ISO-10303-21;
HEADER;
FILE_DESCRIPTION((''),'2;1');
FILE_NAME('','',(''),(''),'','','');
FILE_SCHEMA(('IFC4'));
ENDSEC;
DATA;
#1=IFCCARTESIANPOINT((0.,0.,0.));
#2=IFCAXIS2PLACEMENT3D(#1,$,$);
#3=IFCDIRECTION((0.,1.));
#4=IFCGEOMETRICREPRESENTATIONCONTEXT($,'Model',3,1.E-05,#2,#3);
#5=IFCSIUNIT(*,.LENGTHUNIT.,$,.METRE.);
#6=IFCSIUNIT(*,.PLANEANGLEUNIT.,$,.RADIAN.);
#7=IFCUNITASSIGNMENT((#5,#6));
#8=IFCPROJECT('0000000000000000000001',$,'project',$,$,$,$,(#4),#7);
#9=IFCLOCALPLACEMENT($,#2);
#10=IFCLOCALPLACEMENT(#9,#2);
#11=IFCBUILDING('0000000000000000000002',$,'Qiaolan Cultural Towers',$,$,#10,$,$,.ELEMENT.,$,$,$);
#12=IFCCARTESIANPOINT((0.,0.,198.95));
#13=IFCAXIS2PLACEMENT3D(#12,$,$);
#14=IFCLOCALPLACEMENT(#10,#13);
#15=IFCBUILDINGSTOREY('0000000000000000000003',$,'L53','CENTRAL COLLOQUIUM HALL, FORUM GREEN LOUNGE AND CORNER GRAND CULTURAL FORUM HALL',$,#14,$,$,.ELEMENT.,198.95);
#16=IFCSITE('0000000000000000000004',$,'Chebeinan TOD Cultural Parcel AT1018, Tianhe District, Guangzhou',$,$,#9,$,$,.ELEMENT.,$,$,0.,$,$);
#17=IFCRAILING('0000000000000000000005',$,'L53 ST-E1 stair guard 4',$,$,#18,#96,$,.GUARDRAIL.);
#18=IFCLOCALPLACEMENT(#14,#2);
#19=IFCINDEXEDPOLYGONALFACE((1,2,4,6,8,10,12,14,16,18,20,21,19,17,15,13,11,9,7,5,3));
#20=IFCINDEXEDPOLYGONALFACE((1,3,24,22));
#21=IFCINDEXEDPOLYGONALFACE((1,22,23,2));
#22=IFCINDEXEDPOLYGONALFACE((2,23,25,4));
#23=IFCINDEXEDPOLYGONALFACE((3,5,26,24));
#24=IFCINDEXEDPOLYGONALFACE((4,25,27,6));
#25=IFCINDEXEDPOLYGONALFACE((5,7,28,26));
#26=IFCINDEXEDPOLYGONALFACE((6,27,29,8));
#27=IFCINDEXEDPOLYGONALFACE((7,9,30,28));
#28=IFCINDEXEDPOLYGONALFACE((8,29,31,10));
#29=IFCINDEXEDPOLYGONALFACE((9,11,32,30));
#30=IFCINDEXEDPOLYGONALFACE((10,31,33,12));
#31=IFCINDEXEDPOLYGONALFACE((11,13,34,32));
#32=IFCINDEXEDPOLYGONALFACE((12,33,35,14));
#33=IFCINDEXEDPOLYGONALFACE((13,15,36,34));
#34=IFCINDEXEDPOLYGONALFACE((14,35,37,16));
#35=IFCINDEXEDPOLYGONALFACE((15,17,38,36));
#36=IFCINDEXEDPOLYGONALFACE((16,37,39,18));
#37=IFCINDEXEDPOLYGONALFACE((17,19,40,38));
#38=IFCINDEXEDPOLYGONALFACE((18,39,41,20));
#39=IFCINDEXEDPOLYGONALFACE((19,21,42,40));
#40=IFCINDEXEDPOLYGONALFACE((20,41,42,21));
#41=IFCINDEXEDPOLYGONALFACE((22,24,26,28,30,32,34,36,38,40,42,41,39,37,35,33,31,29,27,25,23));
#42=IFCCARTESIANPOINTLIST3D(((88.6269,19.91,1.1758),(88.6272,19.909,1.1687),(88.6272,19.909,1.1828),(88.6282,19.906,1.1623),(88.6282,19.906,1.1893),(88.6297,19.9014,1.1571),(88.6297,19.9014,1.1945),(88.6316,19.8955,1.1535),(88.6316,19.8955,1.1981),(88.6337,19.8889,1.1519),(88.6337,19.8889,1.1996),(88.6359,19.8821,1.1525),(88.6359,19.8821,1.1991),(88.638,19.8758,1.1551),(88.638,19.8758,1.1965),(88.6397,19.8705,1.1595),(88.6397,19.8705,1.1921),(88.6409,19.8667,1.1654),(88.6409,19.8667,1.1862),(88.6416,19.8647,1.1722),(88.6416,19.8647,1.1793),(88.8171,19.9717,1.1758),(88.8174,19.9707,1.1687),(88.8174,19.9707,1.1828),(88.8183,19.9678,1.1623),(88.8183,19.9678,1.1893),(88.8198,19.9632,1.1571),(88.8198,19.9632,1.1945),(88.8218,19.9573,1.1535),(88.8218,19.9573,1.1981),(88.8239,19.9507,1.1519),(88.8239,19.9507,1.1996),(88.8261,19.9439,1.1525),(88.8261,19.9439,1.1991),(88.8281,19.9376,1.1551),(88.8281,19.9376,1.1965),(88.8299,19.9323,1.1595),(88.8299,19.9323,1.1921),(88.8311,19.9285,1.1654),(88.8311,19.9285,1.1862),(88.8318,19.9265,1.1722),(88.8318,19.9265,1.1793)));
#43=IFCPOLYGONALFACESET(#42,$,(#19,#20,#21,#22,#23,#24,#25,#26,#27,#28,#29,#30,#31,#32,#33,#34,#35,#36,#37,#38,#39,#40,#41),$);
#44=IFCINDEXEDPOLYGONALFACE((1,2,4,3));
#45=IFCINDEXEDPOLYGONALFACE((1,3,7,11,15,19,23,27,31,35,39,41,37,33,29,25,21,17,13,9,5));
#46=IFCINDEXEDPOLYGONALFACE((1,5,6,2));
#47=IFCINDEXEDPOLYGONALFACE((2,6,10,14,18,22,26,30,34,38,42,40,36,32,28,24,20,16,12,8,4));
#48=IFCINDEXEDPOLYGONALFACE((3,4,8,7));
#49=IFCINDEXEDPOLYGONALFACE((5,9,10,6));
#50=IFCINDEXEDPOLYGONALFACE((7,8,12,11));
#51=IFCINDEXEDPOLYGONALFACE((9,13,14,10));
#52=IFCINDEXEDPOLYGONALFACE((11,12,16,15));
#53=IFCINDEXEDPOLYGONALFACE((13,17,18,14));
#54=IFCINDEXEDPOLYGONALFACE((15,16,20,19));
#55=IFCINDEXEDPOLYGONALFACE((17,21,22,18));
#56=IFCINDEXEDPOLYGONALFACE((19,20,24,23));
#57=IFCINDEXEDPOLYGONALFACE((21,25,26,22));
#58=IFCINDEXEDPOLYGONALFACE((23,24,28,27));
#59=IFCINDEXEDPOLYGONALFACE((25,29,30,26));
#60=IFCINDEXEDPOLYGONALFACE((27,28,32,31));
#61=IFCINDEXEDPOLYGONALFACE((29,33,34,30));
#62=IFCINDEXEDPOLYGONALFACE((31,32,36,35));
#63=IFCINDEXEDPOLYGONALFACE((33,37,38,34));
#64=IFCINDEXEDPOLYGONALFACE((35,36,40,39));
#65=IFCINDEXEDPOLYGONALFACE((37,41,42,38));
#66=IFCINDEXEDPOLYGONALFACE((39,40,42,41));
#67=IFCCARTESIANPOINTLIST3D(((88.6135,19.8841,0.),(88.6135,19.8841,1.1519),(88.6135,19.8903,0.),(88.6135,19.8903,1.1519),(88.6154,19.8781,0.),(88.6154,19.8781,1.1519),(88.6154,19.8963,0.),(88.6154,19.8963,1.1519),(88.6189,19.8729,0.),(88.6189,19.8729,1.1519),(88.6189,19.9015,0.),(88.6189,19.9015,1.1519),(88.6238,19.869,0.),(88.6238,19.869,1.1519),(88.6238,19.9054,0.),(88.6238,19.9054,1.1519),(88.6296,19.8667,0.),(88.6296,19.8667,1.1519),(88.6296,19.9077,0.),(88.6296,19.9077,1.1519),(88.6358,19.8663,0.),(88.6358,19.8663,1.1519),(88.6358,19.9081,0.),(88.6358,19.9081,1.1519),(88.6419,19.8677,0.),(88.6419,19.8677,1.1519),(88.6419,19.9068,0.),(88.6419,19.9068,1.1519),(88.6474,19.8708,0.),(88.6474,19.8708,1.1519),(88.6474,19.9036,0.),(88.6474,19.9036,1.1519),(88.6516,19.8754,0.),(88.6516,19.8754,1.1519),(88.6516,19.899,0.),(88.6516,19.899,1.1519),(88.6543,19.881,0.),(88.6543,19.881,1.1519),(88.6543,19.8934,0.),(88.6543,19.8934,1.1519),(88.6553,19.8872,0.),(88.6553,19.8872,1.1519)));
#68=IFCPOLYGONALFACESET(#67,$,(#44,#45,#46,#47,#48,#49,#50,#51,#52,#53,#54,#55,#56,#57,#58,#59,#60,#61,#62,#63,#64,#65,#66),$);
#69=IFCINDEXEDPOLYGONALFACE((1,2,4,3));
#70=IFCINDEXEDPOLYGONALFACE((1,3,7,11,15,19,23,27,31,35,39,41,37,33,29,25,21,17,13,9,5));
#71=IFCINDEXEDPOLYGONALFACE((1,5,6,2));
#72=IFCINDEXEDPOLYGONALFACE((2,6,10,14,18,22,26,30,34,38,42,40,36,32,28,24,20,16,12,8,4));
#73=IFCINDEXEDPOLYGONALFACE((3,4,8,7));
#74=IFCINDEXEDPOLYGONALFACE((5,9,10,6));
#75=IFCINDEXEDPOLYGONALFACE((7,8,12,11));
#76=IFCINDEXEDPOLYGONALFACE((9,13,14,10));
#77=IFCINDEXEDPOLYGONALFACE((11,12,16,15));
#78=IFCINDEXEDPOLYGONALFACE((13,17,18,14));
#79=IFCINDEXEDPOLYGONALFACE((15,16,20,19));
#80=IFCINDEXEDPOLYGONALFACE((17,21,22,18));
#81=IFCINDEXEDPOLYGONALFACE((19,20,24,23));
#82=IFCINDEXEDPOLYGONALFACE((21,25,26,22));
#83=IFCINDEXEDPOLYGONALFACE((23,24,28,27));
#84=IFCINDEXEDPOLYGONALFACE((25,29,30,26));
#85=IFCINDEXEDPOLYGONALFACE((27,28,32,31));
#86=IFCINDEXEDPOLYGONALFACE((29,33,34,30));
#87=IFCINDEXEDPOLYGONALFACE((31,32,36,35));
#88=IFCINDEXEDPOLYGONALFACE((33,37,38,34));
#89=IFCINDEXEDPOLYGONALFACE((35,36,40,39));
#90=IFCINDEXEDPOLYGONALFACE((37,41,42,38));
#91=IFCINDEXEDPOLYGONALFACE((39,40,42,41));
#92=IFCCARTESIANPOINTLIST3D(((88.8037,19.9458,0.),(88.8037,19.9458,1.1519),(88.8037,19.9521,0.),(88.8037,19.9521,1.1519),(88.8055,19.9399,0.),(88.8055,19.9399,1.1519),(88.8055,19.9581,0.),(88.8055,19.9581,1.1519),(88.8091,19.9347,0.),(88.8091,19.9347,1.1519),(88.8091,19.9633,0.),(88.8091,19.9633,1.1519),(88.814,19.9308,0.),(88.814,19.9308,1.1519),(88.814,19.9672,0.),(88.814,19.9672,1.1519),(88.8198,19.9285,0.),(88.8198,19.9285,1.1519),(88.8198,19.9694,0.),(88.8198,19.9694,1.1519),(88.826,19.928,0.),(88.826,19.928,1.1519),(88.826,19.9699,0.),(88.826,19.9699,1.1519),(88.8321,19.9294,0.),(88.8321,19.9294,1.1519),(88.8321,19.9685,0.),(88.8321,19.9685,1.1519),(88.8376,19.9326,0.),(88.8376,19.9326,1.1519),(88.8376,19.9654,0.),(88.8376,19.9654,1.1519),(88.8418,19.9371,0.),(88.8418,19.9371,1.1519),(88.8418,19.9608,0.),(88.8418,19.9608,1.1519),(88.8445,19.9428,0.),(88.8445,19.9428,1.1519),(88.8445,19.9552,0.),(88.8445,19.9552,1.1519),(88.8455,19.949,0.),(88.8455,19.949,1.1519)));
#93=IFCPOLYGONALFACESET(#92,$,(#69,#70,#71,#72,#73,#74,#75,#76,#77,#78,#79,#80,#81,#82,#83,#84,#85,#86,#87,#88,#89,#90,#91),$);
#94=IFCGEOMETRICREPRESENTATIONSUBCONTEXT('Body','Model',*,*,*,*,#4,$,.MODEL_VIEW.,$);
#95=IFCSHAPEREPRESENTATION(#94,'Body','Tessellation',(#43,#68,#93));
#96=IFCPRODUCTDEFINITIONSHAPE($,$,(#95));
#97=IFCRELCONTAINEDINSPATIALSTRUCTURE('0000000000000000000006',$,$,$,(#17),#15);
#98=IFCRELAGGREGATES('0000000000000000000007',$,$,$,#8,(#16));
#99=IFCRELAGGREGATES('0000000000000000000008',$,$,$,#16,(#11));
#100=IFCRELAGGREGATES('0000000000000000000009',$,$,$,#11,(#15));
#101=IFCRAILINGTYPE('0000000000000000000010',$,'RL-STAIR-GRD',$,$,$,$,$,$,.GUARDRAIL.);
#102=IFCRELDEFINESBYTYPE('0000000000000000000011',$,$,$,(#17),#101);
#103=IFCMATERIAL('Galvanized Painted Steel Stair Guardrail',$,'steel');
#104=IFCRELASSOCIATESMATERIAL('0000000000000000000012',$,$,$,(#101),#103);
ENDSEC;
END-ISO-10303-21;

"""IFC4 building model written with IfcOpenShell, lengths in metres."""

from ifc_helpers import new_model, si_unit, direction, frame, origin, origin_2d, place, context, subcontext, project, spatial, circle, extrude, material, type_object, element, save


model = new_model("IFC4")

# Units and contexts
model_context = context("Model", 3, precision=1e-05, world=origin(), true_north=direction((0.0, 1.0)))
body_context = subcontext(model_context, "Body", "Model", "MODEL_VIEW")
ifc_project = project(units=[si_unit("LENGTHUNIT", "METRE"), si_unit("PLANEANGLEUNIT", "RADIAN")], contexts=[model_context])

# Site, building, storey
site_placement = place(None, origin())
site = spatial("IfcSite", under=ifc_project, at=site_placement, Name="Chebeinan TOD Cultural Parcel AT1018, Tianhe District, Guangzhou", CompositionType="ELEMENT", RefElevation=0.0)
building_placement = place(site_placement, origin())
building = spatial("IfcBuilding", under=site, at=building_placement, Name="Qiaolan Cultural Towers", CompositionType="ELEMENT")
storey_placement = place(building_placement, frame((0.0, 0.0, 198.95)))
storey = spatial("IfcBuildingStorey", under=building, at=storey_placement, Name="L53", Description="CENTRAL COLLOQUIUM HALL, FORUM GREEN LOUNGE AND CORNER GRAND CULTURAL FORUM HALL", CompositionType="ELEMENT", Elevation=198.95)

# Railing
ifc_material_1 = material(Name="Galvanized Painted Steel Stair Guardrail", Category="steel")
railing_type_1 = type_object("IfcRailingType", Name="RL-STAIR-GRD", PredefinedType="GUARDRAIL", material=ifc_material_1)
railing_1_placement = place(storey_placement, frame((88.6343, 19.8872, 0.0)))
element("IfcRailing", 1, at=railing_1_placement, inside=storey, type_object=railing_type_1, Name="L53 ST-E1 stair guard 4", PredefinedType="GUARDRAIL", context=body_context, shape_type="SweptSolid", body=[
    extrude(circle(Radius=0.0239, at=origin_2d()), frame((0.0, 0.0, 1.1758), z_axis=(0.951097, 0.308893, 0.0), x_axis=(-0.308893, 0.951097, 0.0)), (0.0, 0.0, 1.0), 0.2),
    extrude(circle(Radius=0.021, at=origin_2d()), origin(), (0.0, 0.0, 1.0), 1.1519),
    extrude(circle(Radius=0.021, at=origin_2d()), frame((0.1902, 0.0618, 0.0)), (0.0, 0.0, 1.0), 1.1519),
])

save(model, "model.ifc")
